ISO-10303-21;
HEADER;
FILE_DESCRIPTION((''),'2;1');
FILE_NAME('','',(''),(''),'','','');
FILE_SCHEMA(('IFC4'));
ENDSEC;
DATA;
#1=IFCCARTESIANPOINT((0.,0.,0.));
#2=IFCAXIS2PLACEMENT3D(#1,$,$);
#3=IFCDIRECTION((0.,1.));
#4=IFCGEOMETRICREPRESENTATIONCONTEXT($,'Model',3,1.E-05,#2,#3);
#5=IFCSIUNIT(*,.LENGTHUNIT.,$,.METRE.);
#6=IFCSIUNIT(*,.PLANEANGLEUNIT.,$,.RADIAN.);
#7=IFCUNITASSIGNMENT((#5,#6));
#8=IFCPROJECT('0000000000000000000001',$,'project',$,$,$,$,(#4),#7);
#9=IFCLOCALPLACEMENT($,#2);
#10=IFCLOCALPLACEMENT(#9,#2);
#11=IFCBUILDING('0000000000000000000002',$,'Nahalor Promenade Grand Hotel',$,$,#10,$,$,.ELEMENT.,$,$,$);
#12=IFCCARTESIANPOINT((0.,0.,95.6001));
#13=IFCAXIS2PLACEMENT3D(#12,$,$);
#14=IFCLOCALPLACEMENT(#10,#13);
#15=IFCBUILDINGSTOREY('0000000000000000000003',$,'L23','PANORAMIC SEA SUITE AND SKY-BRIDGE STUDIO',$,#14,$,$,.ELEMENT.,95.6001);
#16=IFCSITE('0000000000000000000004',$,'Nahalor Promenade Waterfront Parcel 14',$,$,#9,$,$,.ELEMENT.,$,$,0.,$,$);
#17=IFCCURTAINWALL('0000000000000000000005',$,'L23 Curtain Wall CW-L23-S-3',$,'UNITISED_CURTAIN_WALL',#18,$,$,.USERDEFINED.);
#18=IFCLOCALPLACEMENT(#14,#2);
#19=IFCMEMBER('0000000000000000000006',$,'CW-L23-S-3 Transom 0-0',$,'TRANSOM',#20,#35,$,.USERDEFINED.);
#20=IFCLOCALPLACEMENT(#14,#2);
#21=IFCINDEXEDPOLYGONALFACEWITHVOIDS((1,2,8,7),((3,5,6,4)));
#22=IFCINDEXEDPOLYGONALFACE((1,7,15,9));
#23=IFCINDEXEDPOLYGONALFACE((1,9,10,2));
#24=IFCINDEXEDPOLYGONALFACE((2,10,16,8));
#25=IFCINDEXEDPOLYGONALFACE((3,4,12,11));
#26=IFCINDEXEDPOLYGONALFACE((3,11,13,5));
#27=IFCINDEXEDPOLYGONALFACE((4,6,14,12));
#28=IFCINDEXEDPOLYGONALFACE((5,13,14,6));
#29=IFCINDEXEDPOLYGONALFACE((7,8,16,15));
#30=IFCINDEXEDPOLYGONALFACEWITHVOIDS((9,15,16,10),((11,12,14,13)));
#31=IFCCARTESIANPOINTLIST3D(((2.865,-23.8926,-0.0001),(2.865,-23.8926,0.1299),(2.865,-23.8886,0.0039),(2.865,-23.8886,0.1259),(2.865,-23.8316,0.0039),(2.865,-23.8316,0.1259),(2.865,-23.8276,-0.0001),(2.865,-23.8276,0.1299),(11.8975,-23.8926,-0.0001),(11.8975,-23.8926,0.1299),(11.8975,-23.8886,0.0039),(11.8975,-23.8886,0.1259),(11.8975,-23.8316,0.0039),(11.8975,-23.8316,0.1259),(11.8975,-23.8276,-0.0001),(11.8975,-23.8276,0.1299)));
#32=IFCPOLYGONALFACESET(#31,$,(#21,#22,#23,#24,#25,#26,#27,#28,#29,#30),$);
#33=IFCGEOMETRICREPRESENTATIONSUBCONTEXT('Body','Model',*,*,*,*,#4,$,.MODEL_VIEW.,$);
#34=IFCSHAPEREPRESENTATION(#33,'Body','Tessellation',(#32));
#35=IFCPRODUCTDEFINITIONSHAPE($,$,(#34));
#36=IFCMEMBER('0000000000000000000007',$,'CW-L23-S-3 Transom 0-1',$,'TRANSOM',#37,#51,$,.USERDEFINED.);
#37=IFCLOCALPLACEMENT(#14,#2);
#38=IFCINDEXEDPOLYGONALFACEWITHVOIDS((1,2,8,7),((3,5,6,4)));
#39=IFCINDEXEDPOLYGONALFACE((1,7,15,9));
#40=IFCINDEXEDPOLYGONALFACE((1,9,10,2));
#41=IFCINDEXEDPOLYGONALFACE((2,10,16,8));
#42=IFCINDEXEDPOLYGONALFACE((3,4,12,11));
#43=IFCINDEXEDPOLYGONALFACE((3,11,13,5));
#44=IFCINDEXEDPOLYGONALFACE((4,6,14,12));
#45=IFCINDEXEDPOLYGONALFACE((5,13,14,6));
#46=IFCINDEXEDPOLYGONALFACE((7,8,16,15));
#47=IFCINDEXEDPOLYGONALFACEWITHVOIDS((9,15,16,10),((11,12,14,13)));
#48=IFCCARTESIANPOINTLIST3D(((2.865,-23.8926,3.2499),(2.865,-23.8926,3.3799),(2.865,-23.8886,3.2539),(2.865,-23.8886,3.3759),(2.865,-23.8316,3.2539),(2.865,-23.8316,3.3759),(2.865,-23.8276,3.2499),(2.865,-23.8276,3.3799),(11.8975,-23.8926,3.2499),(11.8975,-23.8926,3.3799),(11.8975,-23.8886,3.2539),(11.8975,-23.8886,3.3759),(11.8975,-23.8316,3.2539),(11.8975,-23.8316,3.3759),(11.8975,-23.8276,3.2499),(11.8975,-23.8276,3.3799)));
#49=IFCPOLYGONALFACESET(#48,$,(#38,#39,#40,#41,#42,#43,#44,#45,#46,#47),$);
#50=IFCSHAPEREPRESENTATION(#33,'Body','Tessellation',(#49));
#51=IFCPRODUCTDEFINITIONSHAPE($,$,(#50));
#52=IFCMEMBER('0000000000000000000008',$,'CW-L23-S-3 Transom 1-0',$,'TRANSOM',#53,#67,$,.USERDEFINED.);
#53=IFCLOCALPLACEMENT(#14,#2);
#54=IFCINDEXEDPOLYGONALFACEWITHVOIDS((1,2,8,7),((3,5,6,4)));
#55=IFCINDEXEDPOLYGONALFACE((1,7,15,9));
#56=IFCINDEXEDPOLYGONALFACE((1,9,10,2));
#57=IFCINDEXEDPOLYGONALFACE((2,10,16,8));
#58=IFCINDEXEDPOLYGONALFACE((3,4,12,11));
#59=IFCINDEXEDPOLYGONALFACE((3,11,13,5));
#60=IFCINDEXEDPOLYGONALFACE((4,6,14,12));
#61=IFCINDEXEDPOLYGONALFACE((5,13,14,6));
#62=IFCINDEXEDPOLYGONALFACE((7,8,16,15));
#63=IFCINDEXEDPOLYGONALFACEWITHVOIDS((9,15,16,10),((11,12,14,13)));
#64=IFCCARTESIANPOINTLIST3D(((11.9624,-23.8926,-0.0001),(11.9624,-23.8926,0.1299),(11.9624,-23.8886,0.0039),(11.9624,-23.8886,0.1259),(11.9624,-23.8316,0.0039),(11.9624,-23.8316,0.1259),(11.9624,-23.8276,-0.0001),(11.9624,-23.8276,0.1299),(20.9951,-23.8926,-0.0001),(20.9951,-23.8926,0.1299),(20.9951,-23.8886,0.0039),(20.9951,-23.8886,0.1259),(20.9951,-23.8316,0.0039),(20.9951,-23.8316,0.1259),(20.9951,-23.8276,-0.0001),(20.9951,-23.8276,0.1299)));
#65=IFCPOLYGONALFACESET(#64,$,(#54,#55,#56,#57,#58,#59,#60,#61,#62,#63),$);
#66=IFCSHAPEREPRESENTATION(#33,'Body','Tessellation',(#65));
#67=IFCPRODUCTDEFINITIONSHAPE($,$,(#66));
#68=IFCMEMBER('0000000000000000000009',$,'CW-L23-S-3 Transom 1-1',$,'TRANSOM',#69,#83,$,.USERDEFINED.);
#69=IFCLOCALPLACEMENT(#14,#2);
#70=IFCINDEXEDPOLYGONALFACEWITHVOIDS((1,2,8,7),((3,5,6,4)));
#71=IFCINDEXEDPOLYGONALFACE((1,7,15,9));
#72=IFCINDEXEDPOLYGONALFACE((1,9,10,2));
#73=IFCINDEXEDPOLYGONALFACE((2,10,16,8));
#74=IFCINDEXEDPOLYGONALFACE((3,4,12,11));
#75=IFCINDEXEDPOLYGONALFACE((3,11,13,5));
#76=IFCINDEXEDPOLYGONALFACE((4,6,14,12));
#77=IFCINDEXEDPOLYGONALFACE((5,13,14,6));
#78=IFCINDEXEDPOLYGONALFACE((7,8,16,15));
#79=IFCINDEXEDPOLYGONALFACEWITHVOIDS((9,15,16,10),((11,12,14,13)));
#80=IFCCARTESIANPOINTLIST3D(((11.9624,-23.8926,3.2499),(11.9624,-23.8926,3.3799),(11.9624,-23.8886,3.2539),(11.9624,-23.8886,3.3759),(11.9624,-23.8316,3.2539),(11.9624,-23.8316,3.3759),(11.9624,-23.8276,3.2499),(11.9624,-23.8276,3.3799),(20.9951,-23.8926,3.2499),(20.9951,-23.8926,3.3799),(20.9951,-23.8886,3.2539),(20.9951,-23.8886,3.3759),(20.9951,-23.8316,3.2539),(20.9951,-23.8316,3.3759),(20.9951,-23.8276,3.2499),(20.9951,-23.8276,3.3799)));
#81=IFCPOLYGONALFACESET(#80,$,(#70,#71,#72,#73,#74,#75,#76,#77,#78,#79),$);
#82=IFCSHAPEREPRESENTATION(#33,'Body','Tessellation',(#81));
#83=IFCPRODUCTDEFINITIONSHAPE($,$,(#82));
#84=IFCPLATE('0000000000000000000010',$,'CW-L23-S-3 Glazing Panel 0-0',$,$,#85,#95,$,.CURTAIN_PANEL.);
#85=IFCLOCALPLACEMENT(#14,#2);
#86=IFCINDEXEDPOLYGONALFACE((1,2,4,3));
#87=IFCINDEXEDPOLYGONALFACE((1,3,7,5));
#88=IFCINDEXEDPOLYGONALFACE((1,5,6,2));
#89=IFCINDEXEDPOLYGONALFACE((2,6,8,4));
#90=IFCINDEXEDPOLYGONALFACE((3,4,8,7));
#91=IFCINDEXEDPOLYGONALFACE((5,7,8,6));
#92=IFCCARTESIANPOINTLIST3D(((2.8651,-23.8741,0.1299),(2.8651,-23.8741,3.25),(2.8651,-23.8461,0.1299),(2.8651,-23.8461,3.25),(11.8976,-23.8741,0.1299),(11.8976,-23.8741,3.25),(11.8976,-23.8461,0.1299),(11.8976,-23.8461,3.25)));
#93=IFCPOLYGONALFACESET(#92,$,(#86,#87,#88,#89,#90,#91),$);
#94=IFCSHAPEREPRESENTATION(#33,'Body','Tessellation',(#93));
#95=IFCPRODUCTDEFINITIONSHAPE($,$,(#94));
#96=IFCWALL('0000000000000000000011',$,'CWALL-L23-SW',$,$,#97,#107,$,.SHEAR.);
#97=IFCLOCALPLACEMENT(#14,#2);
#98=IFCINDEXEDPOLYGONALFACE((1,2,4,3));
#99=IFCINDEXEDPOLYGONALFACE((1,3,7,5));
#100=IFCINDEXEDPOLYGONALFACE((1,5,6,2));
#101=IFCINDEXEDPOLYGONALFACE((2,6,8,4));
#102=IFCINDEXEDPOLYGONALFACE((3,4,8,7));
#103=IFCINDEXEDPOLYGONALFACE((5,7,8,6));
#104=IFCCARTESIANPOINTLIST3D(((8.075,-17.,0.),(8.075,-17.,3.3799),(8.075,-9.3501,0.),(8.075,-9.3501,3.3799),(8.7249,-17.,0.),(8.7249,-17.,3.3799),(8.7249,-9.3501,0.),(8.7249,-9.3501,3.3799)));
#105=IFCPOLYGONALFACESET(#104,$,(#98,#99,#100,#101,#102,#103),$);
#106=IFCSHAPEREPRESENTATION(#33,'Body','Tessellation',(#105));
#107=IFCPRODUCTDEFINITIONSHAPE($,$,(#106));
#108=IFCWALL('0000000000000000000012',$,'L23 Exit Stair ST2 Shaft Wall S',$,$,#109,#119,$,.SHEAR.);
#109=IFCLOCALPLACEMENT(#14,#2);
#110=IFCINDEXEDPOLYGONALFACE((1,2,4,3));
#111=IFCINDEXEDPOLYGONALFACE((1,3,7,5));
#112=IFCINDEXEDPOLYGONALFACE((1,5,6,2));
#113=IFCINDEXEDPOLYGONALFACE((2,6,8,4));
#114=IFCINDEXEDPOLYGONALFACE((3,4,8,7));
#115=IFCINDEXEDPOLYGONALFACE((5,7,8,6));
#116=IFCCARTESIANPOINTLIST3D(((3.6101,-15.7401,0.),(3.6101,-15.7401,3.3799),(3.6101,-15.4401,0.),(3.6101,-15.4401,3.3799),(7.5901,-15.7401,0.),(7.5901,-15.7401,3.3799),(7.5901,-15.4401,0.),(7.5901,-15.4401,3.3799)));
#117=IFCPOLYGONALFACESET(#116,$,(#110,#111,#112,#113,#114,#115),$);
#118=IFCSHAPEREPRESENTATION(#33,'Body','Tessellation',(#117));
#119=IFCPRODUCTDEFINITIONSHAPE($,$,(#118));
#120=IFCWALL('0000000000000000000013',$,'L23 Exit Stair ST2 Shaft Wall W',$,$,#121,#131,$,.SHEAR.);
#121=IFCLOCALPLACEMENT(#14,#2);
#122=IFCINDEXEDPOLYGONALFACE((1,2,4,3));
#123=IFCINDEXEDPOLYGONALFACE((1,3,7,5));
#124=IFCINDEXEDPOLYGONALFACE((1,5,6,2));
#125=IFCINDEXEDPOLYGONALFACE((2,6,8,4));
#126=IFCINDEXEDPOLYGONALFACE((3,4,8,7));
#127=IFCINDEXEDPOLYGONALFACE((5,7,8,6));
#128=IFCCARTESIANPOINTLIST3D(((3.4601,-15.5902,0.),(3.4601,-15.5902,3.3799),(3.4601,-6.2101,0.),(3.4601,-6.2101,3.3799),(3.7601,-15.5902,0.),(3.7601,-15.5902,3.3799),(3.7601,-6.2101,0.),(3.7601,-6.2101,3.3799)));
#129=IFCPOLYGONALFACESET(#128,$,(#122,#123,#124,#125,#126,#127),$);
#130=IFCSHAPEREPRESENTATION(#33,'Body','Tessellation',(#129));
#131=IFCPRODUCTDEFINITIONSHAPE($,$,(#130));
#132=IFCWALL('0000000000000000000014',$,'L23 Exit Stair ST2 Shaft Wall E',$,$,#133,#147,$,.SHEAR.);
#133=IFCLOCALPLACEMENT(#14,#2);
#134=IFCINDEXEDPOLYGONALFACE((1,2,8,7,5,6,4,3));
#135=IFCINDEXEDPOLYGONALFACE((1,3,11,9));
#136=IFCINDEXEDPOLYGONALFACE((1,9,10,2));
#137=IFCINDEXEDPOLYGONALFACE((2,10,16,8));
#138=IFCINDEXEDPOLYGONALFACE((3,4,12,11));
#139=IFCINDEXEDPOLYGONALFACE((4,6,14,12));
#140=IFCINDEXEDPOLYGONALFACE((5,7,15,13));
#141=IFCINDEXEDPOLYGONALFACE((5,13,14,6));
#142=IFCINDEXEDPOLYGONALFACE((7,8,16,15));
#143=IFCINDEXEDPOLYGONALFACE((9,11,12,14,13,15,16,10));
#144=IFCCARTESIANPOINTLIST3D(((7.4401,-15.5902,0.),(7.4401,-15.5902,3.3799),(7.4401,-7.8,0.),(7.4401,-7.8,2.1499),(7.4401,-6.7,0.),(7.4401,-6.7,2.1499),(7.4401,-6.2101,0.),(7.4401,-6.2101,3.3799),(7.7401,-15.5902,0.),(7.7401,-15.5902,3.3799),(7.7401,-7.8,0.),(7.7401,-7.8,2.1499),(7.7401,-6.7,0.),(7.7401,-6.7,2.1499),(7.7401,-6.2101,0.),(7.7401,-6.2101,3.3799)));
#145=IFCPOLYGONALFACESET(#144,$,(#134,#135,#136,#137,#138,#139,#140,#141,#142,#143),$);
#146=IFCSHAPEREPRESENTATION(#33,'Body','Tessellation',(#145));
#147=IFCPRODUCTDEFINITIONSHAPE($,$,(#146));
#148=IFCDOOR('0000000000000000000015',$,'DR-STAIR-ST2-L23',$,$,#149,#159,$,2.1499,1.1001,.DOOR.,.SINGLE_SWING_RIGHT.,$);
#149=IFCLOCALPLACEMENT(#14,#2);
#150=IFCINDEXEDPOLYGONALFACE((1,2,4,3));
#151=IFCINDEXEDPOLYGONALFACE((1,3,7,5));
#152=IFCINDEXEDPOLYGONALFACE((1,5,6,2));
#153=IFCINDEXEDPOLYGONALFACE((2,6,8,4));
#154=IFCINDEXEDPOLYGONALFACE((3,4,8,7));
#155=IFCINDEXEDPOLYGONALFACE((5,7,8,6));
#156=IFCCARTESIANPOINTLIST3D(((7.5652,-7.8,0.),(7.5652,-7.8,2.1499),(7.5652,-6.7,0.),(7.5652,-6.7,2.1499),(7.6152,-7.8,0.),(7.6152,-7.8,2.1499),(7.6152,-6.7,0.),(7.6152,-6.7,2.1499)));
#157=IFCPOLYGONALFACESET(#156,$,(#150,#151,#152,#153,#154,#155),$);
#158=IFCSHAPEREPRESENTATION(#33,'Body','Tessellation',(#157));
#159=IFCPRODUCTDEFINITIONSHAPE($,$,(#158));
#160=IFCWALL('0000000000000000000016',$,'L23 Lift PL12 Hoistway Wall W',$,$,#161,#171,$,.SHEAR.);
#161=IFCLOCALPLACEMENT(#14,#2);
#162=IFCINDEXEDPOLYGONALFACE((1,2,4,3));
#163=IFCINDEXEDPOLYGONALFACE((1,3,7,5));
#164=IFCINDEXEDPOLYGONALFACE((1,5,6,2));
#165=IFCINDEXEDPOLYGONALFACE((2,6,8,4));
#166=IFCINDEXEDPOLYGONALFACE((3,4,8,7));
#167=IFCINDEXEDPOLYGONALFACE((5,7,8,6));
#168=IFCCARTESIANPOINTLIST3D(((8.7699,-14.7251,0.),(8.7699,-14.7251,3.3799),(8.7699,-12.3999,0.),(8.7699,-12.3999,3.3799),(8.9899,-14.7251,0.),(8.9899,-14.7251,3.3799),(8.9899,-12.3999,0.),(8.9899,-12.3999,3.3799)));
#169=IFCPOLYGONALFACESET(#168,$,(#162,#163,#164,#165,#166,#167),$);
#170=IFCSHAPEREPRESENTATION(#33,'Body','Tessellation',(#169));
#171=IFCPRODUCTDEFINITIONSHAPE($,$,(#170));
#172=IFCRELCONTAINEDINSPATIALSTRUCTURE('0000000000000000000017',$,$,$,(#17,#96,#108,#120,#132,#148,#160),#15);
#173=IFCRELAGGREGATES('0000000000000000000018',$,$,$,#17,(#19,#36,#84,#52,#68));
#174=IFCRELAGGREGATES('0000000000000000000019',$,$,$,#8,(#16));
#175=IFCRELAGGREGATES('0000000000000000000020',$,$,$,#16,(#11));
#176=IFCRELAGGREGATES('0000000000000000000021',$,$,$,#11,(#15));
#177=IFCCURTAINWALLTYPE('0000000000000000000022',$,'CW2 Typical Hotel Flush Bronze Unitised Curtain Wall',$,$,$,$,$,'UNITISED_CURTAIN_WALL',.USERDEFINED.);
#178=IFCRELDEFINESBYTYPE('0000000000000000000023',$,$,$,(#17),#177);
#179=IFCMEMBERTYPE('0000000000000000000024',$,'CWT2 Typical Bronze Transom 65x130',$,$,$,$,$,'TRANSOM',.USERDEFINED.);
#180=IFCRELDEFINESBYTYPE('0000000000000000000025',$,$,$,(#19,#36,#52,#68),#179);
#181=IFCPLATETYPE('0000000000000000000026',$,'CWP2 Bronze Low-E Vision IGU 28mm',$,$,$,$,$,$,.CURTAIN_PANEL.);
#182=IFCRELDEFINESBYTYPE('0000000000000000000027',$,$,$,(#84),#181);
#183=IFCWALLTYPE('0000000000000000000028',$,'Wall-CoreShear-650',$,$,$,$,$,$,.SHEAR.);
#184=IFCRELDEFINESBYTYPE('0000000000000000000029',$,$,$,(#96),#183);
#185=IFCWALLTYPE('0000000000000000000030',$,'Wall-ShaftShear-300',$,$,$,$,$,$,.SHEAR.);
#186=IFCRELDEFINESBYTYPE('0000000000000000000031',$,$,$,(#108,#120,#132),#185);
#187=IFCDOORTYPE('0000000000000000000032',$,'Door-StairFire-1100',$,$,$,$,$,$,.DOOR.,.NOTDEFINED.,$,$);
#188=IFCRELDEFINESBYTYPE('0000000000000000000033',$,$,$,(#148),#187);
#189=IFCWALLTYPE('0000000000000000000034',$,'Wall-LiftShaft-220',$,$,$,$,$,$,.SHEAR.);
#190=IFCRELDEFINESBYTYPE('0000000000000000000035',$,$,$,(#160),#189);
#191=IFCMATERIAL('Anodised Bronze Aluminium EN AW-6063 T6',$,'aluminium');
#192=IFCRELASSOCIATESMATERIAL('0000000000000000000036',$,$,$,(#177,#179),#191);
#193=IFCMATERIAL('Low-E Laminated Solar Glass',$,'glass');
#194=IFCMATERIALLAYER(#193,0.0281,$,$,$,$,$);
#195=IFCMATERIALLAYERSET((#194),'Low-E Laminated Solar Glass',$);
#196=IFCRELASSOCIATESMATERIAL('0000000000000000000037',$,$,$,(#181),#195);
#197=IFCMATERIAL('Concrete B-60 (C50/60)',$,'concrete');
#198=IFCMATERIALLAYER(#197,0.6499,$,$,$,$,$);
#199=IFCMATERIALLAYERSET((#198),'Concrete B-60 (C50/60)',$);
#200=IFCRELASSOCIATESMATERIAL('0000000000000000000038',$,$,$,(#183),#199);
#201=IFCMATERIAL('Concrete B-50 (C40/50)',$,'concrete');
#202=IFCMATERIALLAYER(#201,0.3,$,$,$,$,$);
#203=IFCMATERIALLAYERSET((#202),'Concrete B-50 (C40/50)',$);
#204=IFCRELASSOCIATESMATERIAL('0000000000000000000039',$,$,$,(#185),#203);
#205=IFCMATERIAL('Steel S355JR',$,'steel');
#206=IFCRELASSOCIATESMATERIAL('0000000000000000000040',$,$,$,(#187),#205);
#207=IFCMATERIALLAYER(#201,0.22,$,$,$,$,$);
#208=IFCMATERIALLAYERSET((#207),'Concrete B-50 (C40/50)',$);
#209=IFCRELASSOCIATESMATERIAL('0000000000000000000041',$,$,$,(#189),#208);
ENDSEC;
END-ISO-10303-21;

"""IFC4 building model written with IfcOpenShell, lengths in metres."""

from ifc_helpers import new_model, si_unit, direction, frame, frame_2d, origin, origin_2d, place, context, subcontext, project, spatial, rectangle, hollow_rectangle, extrude, source, transform, mapped, material, layer, layer_set, material_profile, profile_set, type_object, element, fill, aggregate, save


model = new_model("IFC4")

# Units and contexts
model_context = context("Model", 3, precision=1e-05, world=origin(), true_north=direction((0.0, 1.0)))
body_context = subcontext(model_context, "Body", "Model", "MODEL_VIEW")
ifc_project = project(units=[si_unit("LENGTHUNIT", "METRE"), si_unit("PLANEANGLEUNIT", "RADIAN")], contexts=[model_context])

# Site, building, storey
site_placement = place(None, origin())
site = spatial("IfcSite", under=ifc_project, at=site_placement, Name="Nahalor Promenade Waterfront Parcel 14", CompositionType="ELEMENT", RefElevation=0.0)
building_placement = place(site_placement, origin())
building = spatial("IfcBuilding", under=site, at=building_placement, Name="Nahalor Promenade Grand Hotel", CompositionType="ELEMENT")
storey_placement = place(building_placement, frame((0.0, 0.0, 95.6001)))
storey = spatial("IfcBuildingStorey", under=building, at=storey_placement, Name="L23", Description="PANORAMIC SEA SUITE AND SKY-BRIDGE STUDIO", CompositionType="ELEMENT", Elevation=95.6001)

# Shared definitions
ifc_material_1 = material(Name="Concrete B-60 (C50/60)", Category="concrete")

# Shared definitions
ifc_material_2 = material(Name="Steel S355JR", Category="steel")

# Curtain wall, members, plate
ifc_material_3 = material(Name="Anodised Bronze Aluminium EN AW-6063 T6", Category="aluminium")
curtain_wall_type = type_object("IfcCurtainWallType", Name="CW2 Typical Hotel Flush Bronze Unitised Curtain Wall", ElementType="UNITISED_CURTAIN_WALL", PredefinedType="USERDEFINED", material=ifc_material_3)
curtain_wall_placement = place(storey_placement, origin())
curtain_wall = element("IfcCurtainWall", 1, at=curtain_wall_placement, inside=storey, type_object=curtain_wall_type, Name="L23 Curtain Wall CW-L23-S-3", ObjectType="UNITISED_CURTAIN_WALL", PredefinedType="USERDEFINED")
ifc_material_profile_1 = material_profile(ifc_material_3, hollow_rectangle(XDim=0.065, YDim=0.13, WallThickness=0.004, at=origin_2d()), Name="CWT 65x130x4")
ifc_profile_set_1 = profile_set([ifc_material_profile_1], Name="Anodised Bronze Aluminium EN AW-6063 T6")
member_type_1 = type_object("IfcMemberType", Name="CWT2 Typical Bronze Transom 65x130", ElementType="TRANSOM", PredefinedType="USERDEFINED", material=ifc_profile_set_1)
shared_shape_1 = source(origin(), body_context, "Body", "SweptSolid", [
    extrude(hollow_rectangle(XDim=0.065, YDim=0.13, WallThickness=0.004, at=origin_2d()), origin(), (0.0, 0.0, 1.0), 9.0325),
])
member_1_placement = place(storey_placement, frame((2.865, -23.8601, 0.0649), z_axis=(1.0, 0.0, 0.0), x_axis=(0.0, 1.0, 0.0)))
member_1 = element("IfcMember", 2, at=member_1_placement, type_object=member_type_1, Name="CW-L23-S-3 Transom 0-0", ObjectType="TRANSOM", PredefinedType="USERDEFINED", context=body_context, shape_type="MappedRepresentation", body=[
    mapped(shared_shape_1, transform((0.0, 0.0, 0.0), scale=1.0)),
])
member_2_placement = place(storey_placement, frame((2.865, -23.8601, 3.3149), z_axis=(1.0, 0.0, 0.0), x_axis=(0.0, 1.0, 0.0)))
member_2 = element("IfcMember", 3, at=member_2_placement, type_object=member_type_1, Name="CW-L23-S-3 Transom 0-1", ObjectType="TRANSOM", PredefinedType="USERDEFINED", context=body_context, shape_type="MappedRepresentation", body=[
    mapped(shared_shape_1, transform((0.0, 0.0, 0.0), scale=1.0)),
])
shared_shape_2 = source(origin(), body_context, "Body", "SweptSolid", [
    extrude(hollow_rectangle(XDim=0.065, YDim=0.13, WallThickness=0.004, at=origin_2d()), origin(), (0.0, 0.0, 1.0), 9.0327),
])
member_3_placement = place(storey_placement, frame((11.9624, -23.8601, 0.0649), z_axis=(1.0, 0.0, 0.0), x_axis=(0.0, 1.0, 0.0)))
member_3 = element("IfcMember", 4, at=member_3_placement, type_object=member_type_1, Name="CW-L23-S-3 Transom 1-0", ObjectType="TRANSOM", PredefinedType="USERDEFINED", context=body_context, shape_type="MappedRepresentation", body=[
    mapped(shared_shape_2, transform((0.0, 0.0, 0.0), scale=1.0)),
])
member_4_placement = place(storey_placement, frame((11.9624, -23.8601, 3.3149), z_axis=(1.0, 0.0, 0.0), x_axis=(0.0, 1.0, 0.0)))
member_4 = element("IfcMember", 5, at=member_4_placement, type_object=member_type_1, Name="CW-L23-S-3 Transom 1-1", ObjectType="TRANSOM", PredefinedType="USERDEFINED", context=body_context, shape_type="MappedRepresentation", body=[
    mapped(shared_shape_2, transform((0.0, 0.0, 0.0), scale=1.0)),
])
ifc_material_4 = material(Name="Low-E Laminated Solar Glass", Category="glass")
ifc_layer_1 = layer(ifc_material_4, 0.0281)
ifc_layer_set_1 = layer_set([ifc_layer_1], Name="Low-E Laminated Solar Glass")
plate_type = type_object("IfcPlateType", Name="CWP2 Bronze Low-E Vision IGU 28mm", PredefinedType="CURTAIN_PANEL", material=ifc_layer_set_1)
shared_shape_3 = source(origin(), body_context, "Body", "SweptSolid", [
    extrude(rectangle(XDim=9.0325, YDim=0.0281, at=origin_2d()), origin(), (0.0, 0.0, 1.0), 3.1201),
])
plate_placement = place(storey_placement, frame((7.3813, -23.8601, 0.1299), z_axis=(0.0, 0.0, 1.0), x_axis=(1.0, 0.0, 0.0)))
plate = element("IfcPlate", 6, at=plate_placement, type_object=plate_type, Name="CW-L23-S-3 Glazing Panel 0-0", PredefinedType="CURTAIN_PANEL", context=body_context, shape_type="MappedRepresentation", body=[
    mapped(shared_shape_3, transform((0.0, 0.0, 0.0), scale=1.0)),
])
aggregate(curtain_wall, [member_1, member_2, plate, member_3, member_4])

# Walls
ifc_layer_2 = layer(ifc_material_1, 0.6499)
ifc_layer_set_2 = layer_set([ifc_layer_2], Name="Concrete B-60 (C50/60)")
wall_type_1 = type_object("IfcWallType", Name="Wall-CoreShear-650", PredefinedType="SHEAR", material=ifc_layer_set_2)
shared_shape_4 = source(origin(), body_context, "Body", "SweptSolid", [
    extrude(rectangle(XDim=7.6499, YDim=0.6499, at=frame_2d((3.825, 0.0))), origin(), (0.0, 0.0, 1.0), 3.3799),
])
wall_1_placement = place(storey_placement, frame((8.3999, -17.0, 0.0), z_axis=(0.0, 0.0, 1.0), x_axis=(0.0, 1.0, 0.0)))
element("IfcWall", 7, at=wall_1_placement, inside=storey, type_object=wall_type_1, Name="CWALL-L23-SW", PredefinedType="SHEAR", context=body_context, shape_type="MappedRepresentation", body=[
    mapped(shared_shape_4, transform((0.0, 0.0, 0.0), scale=1.0)),
])
ifc_material_5 = material(Name="Concrete B-50 (C40/50)", Category="concrete")
ifc_layer_3 = layer(ifc_material_5, 0.3)
ifc_layer_set_3 = layer_set([ifc_layer_3], Name="Concrete B-50 (C40/50)")
wall_type_2 = type_object("IfcWallType", Name="Wall-ShaftShear-300", PredefinedType="SHEAR", material=ifc_layer_set_3)
shared_shape_5 = source(origin(), body_context, "Body", "SweptSolid", [
    extrude(rectangle(XDim=3.98, YDim=0.3, at=frame_2d((1.99, 0.0))), origin(), (0.0, 0.0, 1.0), 3.3799),
])
wall_2_placement = place(storey_placement, frame((3.6101, -15.5901, 0.0), z_axis=(0.0, 0.0, 1.0), x_axis=(1.0, 0.0, 0.0)))
element("IfcWall", 8, at=wall_2_placement, inside=storey, type_object=wall_type_2, Name="L23 Exit Stair ST2 Shaft Wall S", PredefinedType="SHEAR", context=body_context, shape_type="MappedRepresentation", body=[
    mapped(shared_shape_5, transform((0.0, 0.0, 0.0), scale=1.0)),
])
shared_shape_6 = source(origin(), body_context, "Body", "SweptSolid", [
    extrude(rectangle(XDim=9.3801, YDim=0.3, at=frame_2d((4.6899, 0.0))), origin(), (0.0, 0.0, 1.0), 3.3799),
])
wall_3_placement = place(storey_placement, frame((3.6101, -15.5901, 0.0), z_axis=(0.0, 0.0, 1.0), x_axis=(0.0, 1.0, 0.0)))
element("IfcWall", 9, at=wall_3_placement, inside=storey, type_object=wall_type_2, Name="L23 Exit Stair ST2 Shaft Wall W", PredefinedType="SHEAR", context=body_context, shape_type="MappedRepresentation", body=[
    mapped(shared_shape_6, transform((0.0, 0.0, 0.0), scale=1.0)),
])

# Wall, opening, door
wall_4_placement = place(storey_placement, frame((7.5901, -15.5901, 0.0), z_axis=(0.0, 0.0, 1.0), x_axis=(0.0, 1.0, 0.0)))
wall_4 = element("IfcWall", 10, at=wall_4_placement, inside=storey, type_object=wall_type_2, Name="L23 Exit Stair ST2 Shaft Wall E", PredefinedType="SHEAR", context=body_context, shape_type="MappedRepresentation", body=[
    mapped(shared_shape_6, transform((0.0, 0.0, 0.0), scale=1.0)),
])
opening_1_placement = place(wall_4_placement, frame((7.79, 0.0, 0.0)))
opening_1 = element("IfcOpeningElement", 11, at=opening_1_placement, cuts=wall_4, PredefinedType="OPENING", context=body_context, shape_type="SweptSolid", body=[
    extrude(rectangle(XDim=1.1001, YDim=2.1499, at=frame_2d((0.55, 1.075))), frame((0.0, 0.1599, 0.0), z_axis=(0.0, -1.0, 0.0), x_axis=(1.0, 0.0, 0.0)), (0.0, 0.0, 1.0), 0.3201),
])
door_type_1 = type_object("IfcDoorType", Name="Door-StairFire-1100", OperationType="NOTDEFINED", PredefinedType="DOOR", material=ifc_material_2)
shared_shape_7 = source(origin(), body_context, "Body", "SweptSolid", [
    extrude(rectangle(XDim=1.1001, YDim=2.1499, at=frame_2d((0.55, 1.075))), frame((0.0, 0.0249, 0.0), z_axis=(0.0, -1.0, 0.0), x_axis=(1.0, 0.0, 0.0)), (0.0, 0.0, 1.0), 0.05),
])
door_1_placement = place(opening_1_placement, origin())
door_1 = element("IfcDoor", 12, at=door_1_placement, inside=storey, type_object=door_type_1, Name="DR-STAIR-ST2-L23", OperationType="SINGLE_SWING_RIGHT", OverallHeight=2.1499, OverallWidth=1.1001, PredefinedType="DOOR", context=body_context, shape_type="MappedRepresentation", body=[
    mapped(shared_shape_7, transform((0.0, 0.0, 0.0), scale=1.0)),
])
fill(opening_1, door_1)

# Wall
ifc_layer_4 = layer(ifc_material_5, 0.22)
ifc_layer_set_4 = layer_set([ifc_layer_4], Name="Concrete B-50 (C40/50)")
wall_type_3 = type_object("IfcWallType", Name="Wall-LiftShaft-220", PredefinedType="SHEAR", material=ifc_layer_set_4)
shared_shape_8 = source(origin(), body_context, "Body", "SweptSolid", [
    extrude(rectangle(XDim=2.3252, YDim=0.22, at=frame_2d((1.1626, 0.0))), origin(), (0.0, 0.0, 1.0), 3.3799),
])
wall_5_placement = place(storey_placement, frame((8.8799, -14.7251, 0.0), z_axis=(0.0, 0.0, 1.0), x_axis=(0.0, 1.0, 0.0)))
element("IfcWall", 13, at=wall_5_placement, inside=storey, type_object=wall_type_3, Name="L23 Lift PL12 Hoistway Wall W", PredefinedType="SHEAR", context=body_context, shape_type="MappedRepresentation", body=[
    mapped(shared_shape_8, transform((0.0, 0.0, 0.0), scale=1.0)),
])

save(model, "model.ifc")
